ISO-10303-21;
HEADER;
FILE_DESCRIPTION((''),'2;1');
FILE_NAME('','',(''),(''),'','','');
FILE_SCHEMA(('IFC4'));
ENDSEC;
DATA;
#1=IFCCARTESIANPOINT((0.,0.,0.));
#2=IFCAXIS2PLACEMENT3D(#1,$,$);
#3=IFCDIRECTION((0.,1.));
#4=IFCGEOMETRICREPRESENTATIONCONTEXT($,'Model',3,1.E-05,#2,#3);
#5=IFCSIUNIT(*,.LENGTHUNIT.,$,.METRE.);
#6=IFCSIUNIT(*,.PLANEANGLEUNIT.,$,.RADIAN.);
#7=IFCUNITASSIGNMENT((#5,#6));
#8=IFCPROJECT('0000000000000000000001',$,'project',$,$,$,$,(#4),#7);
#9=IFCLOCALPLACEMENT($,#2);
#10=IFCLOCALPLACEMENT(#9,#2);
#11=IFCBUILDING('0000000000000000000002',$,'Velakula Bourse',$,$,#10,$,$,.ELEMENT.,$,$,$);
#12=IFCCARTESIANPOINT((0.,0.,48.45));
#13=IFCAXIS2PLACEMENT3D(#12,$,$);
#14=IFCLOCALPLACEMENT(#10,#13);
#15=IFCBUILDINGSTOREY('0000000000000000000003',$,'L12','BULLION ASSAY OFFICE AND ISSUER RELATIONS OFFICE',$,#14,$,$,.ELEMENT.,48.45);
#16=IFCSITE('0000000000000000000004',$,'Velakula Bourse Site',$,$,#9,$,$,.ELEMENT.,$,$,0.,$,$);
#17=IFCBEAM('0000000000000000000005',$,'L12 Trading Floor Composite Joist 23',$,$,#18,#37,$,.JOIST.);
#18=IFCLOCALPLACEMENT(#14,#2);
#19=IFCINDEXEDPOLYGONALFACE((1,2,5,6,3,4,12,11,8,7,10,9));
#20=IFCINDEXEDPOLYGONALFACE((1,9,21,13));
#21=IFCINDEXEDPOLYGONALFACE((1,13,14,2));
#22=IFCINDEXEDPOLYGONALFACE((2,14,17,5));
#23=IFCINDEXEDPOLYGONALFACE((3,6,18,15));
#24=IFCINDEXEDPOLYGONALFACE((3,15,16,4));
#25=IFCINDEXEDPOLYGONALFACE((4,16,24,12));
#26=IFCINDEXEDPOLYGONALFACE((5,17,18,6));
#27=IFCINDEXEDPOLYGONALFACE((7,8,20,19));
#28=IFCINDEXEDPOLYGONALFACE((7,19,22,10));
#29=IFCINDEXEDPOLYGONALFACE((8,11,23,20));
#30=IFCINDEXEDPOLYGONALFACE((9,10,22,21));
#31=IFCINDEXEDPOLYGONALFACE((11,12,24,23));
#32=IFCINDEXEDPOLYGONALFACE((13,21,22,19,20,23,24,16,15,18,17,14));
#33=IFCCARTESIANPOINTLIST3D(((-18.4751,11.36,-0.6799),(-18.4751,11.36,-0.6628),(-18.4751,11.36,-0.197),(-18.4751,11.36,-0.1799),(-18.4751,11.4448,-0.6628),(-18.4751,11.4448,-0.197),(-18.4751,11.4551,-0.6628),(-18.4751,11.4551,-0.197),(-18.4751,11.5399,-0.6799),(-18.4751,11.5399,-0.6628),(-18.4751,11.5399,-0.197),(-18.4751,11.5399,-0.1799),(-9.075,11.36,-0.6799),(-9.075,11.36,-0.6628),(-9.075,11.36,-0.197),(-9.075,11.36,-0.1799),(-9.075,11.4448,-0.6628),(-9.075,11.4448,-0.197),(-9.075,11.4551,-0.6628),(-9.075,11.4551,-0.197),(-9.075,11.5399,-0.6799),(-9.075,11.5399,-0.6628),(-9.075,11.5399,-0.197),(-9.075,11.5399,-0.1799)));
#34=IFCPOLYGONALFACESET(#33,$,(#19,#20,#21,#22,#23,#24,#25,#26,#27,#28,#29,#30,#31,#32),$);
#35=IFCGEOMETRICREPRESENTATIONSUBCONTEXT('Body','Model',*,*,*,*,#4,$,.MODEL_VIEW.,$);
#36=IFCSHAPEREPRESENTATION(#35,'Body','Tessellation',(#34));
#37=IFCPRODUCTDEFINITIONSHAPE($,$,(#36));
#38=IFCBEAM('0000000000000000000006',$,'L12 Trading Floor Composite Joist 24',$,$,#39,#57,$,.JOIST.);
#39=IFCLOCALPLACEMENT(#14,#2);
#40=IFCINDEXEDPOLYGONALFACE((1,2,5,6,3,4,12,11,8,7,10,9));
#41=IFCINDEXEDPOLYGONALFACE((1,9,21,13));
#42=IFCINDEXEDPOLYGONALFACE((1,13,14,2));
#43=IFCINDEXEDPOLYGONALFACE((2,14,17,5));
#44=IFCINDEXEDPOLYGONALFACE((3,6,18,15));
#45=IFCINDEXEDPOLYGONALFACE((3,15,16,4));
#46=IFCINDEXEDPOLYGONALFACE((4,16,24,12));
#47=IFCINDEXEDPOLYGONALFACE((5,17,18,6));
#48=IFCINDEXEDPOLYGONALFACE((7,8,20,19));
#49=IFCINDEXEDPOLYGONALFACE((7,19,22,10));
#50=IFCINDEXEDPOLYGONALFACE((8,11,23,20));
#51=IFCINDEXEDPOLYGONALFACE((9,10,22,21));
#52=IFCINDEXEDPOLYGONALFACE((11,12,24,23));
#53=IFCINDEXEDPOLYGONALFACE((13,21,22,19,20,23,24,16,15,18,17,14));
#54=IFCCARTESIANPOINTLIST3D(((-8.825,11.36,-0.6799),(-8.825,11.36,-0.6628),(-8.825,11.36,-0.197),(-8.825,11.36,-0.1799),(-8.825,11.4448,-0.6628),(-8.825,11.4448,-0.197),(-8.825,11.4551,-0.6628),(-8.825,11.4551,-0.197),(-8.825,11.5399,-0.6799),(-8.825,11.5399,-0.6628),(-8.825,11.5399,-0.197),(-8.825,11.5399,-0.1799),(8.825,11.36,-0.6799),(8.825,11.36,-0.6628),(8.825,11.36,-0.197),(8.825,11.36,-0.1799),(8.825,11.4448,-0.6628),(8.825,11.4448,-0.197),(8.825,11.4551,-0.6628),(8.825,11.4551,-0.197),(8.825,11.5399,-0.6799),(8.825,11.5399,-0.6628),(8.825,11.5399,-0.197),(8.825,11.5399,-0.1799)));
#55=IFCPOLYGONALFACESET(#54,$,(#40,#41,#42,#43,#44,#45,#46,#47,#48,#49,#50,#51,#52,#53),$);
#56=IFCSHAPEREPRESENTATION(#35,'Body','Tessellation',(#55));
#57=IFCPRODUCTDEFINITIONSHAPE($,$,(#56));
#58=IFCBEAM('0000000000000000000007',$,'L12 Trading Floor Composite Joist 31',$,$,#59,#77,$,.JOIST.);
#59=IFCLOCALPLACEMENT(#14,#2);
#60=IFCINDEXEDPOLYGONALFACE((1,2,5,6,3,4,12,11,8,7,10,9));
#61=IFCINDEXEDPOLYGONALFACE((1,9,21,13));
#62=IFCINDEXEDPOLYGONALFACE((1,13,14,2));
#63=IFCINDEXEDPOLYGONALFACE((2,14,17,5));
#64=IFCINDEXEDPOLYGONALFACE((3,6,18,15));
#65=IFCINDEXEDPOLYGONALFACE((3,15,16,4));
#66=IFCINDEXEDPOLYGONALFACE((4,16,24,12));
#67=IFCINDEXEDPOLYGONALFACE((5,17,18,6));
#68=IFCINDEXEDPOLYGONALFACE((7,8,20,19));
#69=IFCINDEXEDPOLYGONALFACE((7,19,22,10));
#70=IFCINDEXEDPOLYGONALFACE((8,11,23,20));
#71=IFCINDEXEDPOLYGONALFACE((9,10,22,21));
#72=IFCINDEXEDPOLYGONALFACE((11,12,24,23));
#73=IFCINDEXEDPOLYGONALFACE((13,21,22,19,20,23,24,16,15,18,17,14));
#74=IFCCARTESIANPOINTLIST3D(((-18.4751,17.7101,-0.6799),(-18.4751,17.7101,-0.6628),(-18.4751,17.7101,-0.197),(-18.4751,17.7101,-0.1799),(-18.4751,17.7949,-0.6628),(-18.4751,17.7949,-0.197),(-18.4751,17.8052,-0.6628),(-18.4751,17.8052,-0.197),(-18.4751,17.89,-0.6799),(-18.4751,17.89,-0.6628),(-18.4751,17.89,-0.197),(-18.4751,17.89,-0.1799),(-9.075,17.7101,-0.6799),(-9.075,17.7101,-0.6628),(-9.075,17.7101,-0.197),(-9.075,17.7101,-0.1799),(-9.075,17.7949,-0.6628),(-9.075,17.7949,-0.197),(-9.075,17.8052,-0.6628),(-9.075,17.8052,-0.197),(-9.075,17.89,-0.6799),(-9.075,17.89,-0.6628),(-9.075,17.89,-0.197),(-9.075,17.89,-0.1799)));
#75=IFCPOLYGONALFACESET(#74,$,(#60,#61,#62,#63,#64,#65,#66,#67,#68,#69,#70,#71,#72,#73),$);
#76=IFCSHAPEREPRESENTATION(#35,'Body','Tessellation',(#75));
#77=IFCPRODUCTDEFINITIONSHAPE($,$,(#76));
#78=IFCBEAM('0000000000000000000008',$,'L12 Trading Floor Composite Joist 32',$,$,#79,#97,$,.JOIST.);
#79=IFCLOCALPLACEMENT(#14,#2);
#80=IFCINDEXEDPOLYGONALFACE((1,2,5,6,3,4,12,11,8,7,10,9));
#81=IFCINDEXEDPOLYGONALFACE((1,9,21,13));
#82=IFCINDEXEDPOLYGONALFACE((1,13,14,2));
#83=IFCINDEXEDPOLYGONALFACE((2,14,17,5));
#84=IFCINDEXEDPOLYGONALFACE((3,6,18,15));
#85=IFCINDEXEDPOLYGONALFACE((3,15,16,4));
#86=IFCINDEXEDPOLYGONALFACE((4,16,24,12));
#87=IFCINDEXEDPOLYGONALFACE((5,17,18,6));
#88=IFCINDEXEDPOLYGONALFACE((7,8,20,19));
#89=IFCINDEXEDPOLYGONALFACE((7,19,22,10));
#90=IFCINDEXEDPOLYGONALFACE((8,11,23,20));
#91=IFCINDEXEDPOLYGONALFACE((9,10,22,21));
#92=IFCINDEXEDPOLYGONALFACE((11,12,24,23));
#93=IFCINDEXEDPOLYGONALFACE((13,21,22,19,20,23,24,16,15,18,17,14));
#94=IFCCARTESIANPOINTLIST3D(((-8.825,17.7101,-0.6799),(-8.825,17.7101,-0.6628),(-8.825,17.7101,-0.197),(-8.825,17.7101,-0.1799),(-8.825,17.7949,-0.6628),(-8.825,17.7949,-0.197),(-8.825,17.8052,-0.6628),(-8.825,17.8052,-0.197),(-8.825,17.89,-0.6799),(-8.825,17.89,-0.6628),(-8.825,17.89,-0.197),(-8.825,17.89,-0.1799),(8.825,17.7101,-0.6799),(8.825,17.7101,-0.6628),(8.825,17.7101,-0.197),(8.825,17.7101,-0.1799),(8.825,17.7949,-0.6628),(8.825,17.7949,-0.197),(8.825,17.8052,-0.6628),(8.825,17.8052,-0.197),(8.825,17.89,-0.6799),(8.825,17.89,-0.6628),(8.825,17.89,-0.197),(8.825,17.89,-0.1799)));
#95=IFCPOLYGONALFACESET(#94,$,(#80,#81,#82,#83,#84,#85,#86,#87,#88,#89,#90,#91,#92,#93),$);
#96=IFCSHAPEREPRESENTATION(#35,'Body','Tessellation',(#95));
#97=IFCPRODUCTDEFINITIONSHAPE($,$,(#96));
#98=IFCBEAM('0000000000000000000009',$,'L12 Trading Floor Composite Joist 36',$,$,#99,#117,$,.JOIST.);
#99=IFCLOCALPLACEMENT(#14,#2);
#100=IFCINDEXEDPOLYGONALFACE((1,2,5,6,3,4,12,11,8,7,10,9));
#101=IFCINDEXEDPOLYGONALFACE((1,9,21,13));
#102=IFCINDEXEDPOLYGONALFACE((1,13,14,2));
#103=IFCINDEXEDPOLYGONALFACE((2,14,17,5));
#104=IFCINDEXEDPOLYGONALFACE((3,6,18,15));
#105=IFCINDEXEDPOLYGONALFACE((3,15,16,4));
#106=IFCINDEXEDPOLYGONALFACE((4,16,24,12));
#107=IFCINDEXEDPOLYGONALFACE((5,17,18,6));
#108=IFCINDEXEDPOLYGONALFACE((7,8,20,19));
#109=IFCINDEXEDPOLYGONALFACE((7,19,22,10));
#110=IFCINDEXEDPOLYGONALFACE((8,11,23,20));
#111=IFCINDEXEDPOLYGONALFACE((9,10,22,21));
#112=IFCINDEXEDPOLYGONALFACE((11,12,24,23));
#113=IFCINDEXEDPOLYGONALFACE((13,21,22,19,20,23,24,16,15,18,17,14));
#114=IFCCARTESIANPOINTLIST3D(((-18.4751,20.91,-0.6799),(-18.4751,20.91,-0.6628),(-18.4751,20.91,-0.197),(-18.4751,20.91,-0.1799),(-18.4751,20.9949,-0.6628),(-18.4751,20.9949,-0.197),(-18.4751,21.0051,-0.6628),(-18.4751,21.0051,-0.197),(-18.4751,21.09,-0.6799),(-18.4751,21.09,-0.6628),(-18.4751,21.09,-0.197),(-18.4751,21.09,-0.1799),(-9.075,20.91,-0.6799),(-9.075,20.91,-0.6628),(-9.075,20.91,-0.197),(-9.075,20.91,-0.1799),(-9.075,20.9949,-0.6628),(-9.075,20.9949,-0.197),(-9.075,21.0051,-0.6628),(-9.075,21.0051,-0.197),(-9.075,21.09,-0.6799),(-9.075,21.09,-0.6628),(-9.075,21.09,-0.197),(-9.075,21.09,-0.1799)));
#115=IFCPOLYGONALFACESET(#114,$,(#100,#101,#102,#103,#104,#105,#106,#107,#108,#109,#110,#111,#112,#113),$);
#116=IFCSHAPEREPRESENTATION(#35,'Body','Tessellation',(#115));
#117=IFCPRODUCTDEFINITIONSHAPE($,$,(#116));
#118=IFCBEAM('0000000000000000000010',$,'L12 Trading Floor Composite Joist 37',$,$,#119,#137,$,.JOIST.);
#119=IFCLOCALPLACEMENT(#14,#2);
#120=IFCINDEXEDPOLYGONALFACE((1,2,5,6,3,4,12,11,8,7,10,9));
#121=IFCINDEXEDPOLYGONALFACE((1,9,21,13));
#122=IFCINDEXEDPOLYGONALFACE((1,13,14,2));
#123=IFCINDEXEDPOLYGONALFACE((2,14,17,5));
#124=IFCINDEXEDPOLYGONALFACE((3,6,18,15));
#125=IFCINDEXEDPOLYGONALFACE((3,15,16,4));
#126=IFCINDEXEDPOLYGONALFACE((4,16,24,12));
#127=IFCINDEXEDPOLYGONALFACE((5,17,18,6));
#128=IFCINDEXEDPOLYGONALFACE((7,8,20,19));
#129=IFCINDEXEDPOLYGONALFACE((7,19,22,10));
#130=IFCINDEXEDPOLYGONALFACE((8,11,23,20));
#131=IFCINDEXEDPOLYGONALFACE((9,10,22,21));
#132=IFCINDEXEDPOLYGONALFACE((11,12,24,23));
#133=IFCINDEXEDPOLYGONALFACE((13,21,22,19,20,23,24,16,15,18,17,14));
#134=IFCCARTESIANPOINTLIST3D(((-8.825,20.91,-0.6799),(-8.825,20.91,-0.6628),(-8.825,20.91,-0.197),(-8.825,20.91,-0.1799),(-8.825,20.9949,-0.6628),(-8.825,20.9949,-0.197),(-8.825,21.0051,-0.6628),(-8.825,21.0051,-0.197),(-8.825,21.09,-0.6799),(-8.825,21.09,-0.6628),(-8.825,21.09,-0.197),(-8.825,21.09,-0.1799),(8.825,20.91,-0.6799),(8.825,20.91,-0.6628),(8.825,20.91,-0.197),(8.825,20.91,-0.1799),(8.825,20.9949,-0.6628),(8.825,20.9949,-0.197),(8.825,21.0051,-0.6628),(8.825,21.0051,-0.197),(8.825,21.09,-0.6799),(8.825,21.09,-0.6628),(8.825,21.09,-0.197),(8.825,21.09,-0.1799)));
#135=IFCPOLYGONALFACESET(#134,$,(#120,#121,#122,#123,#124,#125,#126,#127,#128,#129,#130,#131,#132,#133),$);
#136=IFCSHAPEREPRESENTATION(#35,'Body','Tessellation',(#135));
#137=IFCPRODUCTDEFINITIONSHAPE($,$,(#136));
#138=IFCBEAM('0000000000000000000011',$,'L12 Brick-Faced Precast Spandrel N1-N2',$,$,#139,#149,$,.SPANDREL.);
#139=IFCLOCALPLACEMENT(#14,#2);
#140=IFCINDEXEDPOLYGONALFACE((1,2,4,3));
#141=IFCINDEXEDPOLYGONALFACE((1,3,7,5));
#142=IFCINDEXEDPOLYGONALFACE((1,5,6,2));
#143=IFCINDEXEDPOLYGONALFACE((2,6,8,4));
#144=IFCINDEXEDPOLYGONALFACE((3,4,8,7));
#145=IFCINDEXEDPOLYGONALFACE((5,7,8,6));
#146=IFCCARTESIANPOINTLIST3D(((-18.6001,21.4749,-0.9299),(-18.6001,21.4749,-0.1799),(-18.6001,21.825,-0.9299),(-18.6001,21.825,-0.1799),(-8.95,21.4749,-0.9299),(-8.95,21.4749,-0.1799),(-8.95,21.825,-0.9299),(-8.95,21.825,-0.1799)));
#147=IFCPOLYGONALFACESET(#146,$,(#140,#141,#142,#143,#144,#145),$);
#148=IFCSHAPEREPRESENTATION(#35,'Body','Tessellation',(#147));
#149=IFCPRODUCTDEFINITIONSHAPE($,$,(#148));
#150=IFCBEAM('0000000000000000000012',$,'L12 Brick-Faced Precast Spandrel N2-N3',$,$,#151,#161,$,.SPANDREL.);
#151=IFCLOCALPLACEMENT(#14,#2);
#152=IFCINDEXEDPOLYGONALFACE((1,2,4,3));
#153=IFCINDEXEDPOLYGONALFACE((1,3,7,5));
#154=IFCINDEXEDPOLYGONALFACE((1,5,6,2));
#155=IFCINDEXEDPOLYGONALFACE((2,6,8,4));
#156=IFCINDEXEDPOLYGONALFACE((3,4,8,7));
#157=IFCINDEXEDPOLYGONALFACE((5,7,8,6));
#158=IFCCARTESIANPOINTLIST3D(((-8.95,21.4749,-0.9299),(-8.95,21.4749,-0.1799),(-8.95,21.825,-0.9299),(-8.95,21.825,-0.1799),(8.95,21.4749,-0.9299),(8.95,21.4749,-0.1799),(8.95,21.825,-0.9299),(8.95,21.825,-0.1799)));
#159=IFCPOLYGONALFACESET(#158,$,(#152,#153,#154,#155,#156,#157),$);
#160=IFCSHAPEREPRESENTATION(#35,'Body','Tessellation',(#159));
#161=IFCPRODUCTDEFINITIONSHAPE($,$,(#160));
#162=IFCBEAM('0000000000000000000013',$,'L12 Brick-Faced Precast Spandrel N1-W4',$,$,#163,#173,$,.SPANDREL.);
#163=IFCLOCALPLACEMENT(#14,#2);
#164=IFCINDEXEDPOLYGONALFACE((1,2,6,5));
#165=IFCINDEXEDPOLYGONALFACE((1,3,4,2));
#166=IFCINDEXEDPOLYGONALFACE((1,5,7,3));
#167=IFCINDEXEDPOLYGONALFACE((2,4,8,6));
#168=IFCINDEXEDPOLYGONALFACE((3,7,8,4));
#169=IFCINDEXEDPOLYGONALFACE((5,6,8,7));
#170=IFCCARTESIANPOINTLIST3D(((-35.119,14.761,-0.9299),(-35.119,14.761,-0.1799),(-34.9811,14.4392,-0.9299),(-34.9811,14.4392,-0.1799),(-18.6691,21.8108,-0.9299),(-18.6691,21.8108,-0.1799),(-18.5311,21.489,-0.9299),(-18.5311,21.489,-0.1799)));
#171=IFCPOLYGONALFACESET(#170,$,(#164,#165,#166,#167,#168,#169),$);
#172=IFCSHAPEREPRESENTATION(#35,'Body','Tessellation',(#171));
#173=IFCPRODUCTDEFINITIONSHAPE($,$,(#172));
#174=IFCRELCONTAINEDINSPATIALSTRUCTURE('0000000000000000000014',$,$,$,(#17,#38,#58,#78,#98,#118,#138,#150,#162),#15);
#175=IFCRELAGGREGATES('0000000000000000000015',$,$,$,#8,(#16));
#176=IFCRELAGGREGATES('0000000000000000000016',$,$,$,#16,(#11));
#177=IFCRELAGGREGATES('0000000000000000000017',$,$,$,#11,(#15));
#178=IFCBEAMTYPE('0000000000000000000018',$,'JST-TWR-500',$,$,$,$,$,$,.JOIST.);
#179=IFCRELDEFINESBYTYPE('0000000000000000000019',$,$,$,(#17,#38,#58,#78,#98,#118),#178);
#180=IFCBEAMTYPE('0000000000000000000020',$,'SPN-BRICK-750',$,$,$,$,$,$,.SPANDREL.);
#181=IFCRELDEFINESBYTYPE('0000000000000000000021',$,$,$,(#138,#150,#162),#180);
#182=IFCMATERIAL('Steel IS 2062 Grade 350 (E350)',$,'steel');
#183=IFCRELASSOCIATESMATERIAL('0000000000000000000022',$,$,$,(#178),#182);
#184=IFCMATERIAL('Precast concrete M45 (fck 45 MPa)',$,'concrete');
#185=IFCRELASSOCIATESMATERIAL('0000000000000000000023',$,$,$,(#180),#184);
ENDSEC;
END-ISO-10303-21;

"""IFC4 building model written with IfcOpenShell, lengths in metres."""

from ifc_helpers import new_model, si_unit, direction, frame, origin, origin_2d, place, context, subcontext, project, spatial, rectangle, i_section, extrude, material, material_profile, profile_set, type_object, element, save


model = new_model("IFC4")

# Units and contexts
model_context = context("Model", 3, precision=1e-05, world=origin(), true_north=direction((0.0, 1.0)))
body_context = subcontext(model_context, "Body", "Model", "MODEL_VIEW")
ifc_project = project(units=[si_unit("LENGTHUNIT", "METRE"), si_unit("PLANEANGLEUNIT", "RADIAN")], contexts=[model_context])

# Site, building, storey
site_placement = place(None, origin())
site = spatial("IfcSite", under=ifc_project, at=site_placement, Name="Velakula Bourse Site", CompositionType="ELEMENT", RefElevation=0.0)
building_placement = place(site_placement, origin())
building = spatial("IfcBuilding", under=site, at=building_placement, Name="Velakula Bourse", CompositionType="ELEMENT")
storey_placement = place(building_placement, frame((0.0, 0.0, 48.45)))
storey = spatial("IfcBuildingStorey", under=building, at=storey_placement, Name="L12", Description="BULLION ASSAY OFFICE AND ISSUER RELATIONS OFFICE", CompositionType="ELEMENT", Elevation=48.45)

# Shared definitions
ifc_material_1 = material(Name="Precast concrete M45 (fck 45 MPa)", Category="concrete")

# Beams
ifc_material_2 = material(Name="Steel IS 2062 Grade 350 (E350)", Category="steel")
ifc_material_profile_1 = material_profile(ifc_material_2, i_section(OverallWidth=0.1799, OverallDepth=0.5, WebThickness=0.0103, FlangeThickness=0.0171, at=origin_2d()), Name="Steel IS 2062 Grade 350 (E350)")
ifc_profile_set_1 = profile_set([ifc_material_profile_1], Name="Steel IS 2062 Grade 350 (E350)")
beam_type_1 = type_object("IfcBeamType", Name="JST-TWR-500", PredefinedType="JOIST", material=ifc_profile_set_1)
beam_1_placement = place(storey_placement, frame((-18.4751, 11.45, -0.4299), z_axis=(1.0, 0.0, 0.0), x_axis=(0.0, 1.0, 0.0)))
element("IfcBeam", 1, at=beam_1_placement, inside=storey, type_object=beam_type_1, Name="L12 Trading Floor Composite Joist 23", PredefinedType="JOIST", context=body_context, shape_type="SweptSolid", body=[
    extrude(i_section(OverallWidth=0.1799, OverallDepth=0.5, WebThickness=0.0103, FlangeThickness=0.0171, at=origin_2d()), origin(), (0.0, 0.0, 1.0), 9.4001),
])
beam_2_placement = place(storey_placement, frame((-8.825, 11.45, -0.4299), z_axis=(1.0, 0.0, 0.0), x_axis=(0.0, 1.0, 0.0)))
element("IfcBeam", 2, at=beam_2_placement, inside=storey, type_object=beam_type_1, Name="L12 Trading Floor Composite Joist 24", PredefinedType="JOIST", context=body_context, shape_type="SweptSolid", body=[
    extrude(i_section(OverallWidth=0.1799, OverallDepth=0.5, WebThickness=0.0103, FlangeThickness=0.0171, at=origin_2d()), origin(), (0.0, 0.0, 1.0), 17.6499),
])
beam_3_placement = place(storey_placement, frame((-18.4751, 17.8, -0.4299), z_axis=(1.0, 0.0, 0.0), x_axis=(0.0, 1.0, 0.0)))
element("IfcBeam", 3, at=beam_3_placement, inside=storey, type_object=beam_type_1, Name="L12 Trading Floor Composite Joist 31", PredefinedType="JOIST", context=body_context, shape_type="SweptSolid", body=[
    extrude(i_section(OverallWidth=0.1799, OverallDepth=0.5, WebThickness=0.0103, FlangeThickness=0.0171, at=origin_2d()), origin(), (0.0, 0.0, 1.0), 9.4001),
])
beam_4_placement = place(storey_placement, frame((-8.825, 17.8, -0.4299), z_axis=(1.0, 0.0, 0.0), x_axis=(0.0, 1.0, 0.0)))
element("IfcBeam", 4, at=beam_4_placement, inside=storey, type_object=beam_type_1, Name="L12 Trading Floor Composite Joist 32", PredefinedType="JOIST", context=body_context, shape_type="SweptSolid", body=[
    extrude(i_section(OverallWidth=0.1799, OverallDepth=0.5, WebThickness=0.0103, FlangeThickness=0.0171, at=origin_2d()), origin(), (0.0, 0.0, 1.0), 17.6499),
])
beam_5_placement = place(storey_placement, frame((-18.4751, 21.0, -0.4299), z_axis=(1.0, 0.0, 0.0), x_axis=(0.0, 1.0, 0.0)))
element("IfcBeam", 5, at=beam_5_placement, inside=storey, type_object=beam_type_1, Name="L12 Trading Floor Composite Joist 36", PredefinedType="JOIST", context=body_context, shape_type="SweptSolid", body=[
    extrude(i_section(OverallWidth=0.1799, OverallDepth=0.5, WebThickness=0.0103, FlangeThickness=0.0171, at=origin_2d()), origin(), (0.0, 0.0, 1.0), 9.4001),
])
beam_6_placement = place(storey_placement, frame((-8.825, 21.0, -0.4299), z_axis=(1.0, 0.0, 0.0), x_axis=(0.0, 1.0, 0.0)))
element("IfcBeam", 6, at=beam_6_placement, inside=storey, type_object=beam_type_1, Name="L12 Trading Floor Composite Joist 37", PredefinedType="JOIST", context=body_context, shape_type="SweptSolid", body=[
    extrude(i_section(OverallWidth=0.1799, OverallDepth=0.5, WebThickness=0.0103, FlangeThickness=0.0171, at=origin_2d()), origin(), (0.0, 0.0, 1.0), 17.6499),
])
ifc_material_profile_2 = material_profile(ifc_material_1, rectangle(XDim=0.3501, YDim=0.75, at=origin_2d()), Name="Precast concrete M45 (fck 45 MPa)")
ifc_profile_set_2 = profile_set([ifc_material_profile_2], Name="Precast concrete M45 (fck 45 MPa)")
beam_type_2 = type_object("IfcBeamType", Name="SPN-BRICK-750", PredefinedType="SPANDREL", material=ifc_profile_set_2)
beam_7_placement = place(storey_placement, frame((-18.6001, 21.6499, -0.5549), z_axis=(1.0, 0.0, 0.0), x_axis=(0.0, 1.0, 0.0)))
element("IfcBeam", 7, at=beam_7_placement, inside=storey, type_object=beam_type_2, Name="L12 Brick-Faced Precast Spandrel N1-N2", PredefinedType="SPANDREL", context=body_context, shape_type="SweptSolid", body=[
    extrude(rectangle(XDim=0.3501, YDim=0.75, at=origin_2d()), origin(), (0.0, 0.0, 1.0), 9.6501),
])
beam_8_placement = place(storey_placement, frame((-8.95, 21.6499, -0.5549), z_axis=(1.0, 0.0, 0.0), x_axis=(0.0, 1.0, 0.0)))
element("IfcBeam", 8, at=beam_8_placement, inside=storey, type_object=beam_type_2, Name="L12 Brick-Faced Precast Spandrel N2-N3", PredefinedType="SPANDREL", context=body_context, shape_type="SweptSolid", body=[
    extrude(rectangle(XDim=0.3501, YDim=0.75, at=origin_2d()), origin(), (0.0, 0.0, 1.0), 17.8999),
])
beam_9_placement = place(storey_placement, frame((-18.6001, 21.6499, -0.5549), z_axis=(-0.919149, -0.393911, 0.0), x_axis=(0.393911, -0.919149, 0.0)))
element("IfcBeam", 9, at=beam_9_placement, inside=storey, type_object=beam_type_2, Name="L12 Brick-Faced Precast Spandrel N1-W4", PredefinedType="SPANDREL", context=body_context, shape_type="SweptSolid", body=[
    extrude(rectangle(XDim=0.3501, YDim=0.75, at=origin_2d()), origin(), (0.0, 0.0, 1.0), 17.897),
])

save(model, "model.ifc")
